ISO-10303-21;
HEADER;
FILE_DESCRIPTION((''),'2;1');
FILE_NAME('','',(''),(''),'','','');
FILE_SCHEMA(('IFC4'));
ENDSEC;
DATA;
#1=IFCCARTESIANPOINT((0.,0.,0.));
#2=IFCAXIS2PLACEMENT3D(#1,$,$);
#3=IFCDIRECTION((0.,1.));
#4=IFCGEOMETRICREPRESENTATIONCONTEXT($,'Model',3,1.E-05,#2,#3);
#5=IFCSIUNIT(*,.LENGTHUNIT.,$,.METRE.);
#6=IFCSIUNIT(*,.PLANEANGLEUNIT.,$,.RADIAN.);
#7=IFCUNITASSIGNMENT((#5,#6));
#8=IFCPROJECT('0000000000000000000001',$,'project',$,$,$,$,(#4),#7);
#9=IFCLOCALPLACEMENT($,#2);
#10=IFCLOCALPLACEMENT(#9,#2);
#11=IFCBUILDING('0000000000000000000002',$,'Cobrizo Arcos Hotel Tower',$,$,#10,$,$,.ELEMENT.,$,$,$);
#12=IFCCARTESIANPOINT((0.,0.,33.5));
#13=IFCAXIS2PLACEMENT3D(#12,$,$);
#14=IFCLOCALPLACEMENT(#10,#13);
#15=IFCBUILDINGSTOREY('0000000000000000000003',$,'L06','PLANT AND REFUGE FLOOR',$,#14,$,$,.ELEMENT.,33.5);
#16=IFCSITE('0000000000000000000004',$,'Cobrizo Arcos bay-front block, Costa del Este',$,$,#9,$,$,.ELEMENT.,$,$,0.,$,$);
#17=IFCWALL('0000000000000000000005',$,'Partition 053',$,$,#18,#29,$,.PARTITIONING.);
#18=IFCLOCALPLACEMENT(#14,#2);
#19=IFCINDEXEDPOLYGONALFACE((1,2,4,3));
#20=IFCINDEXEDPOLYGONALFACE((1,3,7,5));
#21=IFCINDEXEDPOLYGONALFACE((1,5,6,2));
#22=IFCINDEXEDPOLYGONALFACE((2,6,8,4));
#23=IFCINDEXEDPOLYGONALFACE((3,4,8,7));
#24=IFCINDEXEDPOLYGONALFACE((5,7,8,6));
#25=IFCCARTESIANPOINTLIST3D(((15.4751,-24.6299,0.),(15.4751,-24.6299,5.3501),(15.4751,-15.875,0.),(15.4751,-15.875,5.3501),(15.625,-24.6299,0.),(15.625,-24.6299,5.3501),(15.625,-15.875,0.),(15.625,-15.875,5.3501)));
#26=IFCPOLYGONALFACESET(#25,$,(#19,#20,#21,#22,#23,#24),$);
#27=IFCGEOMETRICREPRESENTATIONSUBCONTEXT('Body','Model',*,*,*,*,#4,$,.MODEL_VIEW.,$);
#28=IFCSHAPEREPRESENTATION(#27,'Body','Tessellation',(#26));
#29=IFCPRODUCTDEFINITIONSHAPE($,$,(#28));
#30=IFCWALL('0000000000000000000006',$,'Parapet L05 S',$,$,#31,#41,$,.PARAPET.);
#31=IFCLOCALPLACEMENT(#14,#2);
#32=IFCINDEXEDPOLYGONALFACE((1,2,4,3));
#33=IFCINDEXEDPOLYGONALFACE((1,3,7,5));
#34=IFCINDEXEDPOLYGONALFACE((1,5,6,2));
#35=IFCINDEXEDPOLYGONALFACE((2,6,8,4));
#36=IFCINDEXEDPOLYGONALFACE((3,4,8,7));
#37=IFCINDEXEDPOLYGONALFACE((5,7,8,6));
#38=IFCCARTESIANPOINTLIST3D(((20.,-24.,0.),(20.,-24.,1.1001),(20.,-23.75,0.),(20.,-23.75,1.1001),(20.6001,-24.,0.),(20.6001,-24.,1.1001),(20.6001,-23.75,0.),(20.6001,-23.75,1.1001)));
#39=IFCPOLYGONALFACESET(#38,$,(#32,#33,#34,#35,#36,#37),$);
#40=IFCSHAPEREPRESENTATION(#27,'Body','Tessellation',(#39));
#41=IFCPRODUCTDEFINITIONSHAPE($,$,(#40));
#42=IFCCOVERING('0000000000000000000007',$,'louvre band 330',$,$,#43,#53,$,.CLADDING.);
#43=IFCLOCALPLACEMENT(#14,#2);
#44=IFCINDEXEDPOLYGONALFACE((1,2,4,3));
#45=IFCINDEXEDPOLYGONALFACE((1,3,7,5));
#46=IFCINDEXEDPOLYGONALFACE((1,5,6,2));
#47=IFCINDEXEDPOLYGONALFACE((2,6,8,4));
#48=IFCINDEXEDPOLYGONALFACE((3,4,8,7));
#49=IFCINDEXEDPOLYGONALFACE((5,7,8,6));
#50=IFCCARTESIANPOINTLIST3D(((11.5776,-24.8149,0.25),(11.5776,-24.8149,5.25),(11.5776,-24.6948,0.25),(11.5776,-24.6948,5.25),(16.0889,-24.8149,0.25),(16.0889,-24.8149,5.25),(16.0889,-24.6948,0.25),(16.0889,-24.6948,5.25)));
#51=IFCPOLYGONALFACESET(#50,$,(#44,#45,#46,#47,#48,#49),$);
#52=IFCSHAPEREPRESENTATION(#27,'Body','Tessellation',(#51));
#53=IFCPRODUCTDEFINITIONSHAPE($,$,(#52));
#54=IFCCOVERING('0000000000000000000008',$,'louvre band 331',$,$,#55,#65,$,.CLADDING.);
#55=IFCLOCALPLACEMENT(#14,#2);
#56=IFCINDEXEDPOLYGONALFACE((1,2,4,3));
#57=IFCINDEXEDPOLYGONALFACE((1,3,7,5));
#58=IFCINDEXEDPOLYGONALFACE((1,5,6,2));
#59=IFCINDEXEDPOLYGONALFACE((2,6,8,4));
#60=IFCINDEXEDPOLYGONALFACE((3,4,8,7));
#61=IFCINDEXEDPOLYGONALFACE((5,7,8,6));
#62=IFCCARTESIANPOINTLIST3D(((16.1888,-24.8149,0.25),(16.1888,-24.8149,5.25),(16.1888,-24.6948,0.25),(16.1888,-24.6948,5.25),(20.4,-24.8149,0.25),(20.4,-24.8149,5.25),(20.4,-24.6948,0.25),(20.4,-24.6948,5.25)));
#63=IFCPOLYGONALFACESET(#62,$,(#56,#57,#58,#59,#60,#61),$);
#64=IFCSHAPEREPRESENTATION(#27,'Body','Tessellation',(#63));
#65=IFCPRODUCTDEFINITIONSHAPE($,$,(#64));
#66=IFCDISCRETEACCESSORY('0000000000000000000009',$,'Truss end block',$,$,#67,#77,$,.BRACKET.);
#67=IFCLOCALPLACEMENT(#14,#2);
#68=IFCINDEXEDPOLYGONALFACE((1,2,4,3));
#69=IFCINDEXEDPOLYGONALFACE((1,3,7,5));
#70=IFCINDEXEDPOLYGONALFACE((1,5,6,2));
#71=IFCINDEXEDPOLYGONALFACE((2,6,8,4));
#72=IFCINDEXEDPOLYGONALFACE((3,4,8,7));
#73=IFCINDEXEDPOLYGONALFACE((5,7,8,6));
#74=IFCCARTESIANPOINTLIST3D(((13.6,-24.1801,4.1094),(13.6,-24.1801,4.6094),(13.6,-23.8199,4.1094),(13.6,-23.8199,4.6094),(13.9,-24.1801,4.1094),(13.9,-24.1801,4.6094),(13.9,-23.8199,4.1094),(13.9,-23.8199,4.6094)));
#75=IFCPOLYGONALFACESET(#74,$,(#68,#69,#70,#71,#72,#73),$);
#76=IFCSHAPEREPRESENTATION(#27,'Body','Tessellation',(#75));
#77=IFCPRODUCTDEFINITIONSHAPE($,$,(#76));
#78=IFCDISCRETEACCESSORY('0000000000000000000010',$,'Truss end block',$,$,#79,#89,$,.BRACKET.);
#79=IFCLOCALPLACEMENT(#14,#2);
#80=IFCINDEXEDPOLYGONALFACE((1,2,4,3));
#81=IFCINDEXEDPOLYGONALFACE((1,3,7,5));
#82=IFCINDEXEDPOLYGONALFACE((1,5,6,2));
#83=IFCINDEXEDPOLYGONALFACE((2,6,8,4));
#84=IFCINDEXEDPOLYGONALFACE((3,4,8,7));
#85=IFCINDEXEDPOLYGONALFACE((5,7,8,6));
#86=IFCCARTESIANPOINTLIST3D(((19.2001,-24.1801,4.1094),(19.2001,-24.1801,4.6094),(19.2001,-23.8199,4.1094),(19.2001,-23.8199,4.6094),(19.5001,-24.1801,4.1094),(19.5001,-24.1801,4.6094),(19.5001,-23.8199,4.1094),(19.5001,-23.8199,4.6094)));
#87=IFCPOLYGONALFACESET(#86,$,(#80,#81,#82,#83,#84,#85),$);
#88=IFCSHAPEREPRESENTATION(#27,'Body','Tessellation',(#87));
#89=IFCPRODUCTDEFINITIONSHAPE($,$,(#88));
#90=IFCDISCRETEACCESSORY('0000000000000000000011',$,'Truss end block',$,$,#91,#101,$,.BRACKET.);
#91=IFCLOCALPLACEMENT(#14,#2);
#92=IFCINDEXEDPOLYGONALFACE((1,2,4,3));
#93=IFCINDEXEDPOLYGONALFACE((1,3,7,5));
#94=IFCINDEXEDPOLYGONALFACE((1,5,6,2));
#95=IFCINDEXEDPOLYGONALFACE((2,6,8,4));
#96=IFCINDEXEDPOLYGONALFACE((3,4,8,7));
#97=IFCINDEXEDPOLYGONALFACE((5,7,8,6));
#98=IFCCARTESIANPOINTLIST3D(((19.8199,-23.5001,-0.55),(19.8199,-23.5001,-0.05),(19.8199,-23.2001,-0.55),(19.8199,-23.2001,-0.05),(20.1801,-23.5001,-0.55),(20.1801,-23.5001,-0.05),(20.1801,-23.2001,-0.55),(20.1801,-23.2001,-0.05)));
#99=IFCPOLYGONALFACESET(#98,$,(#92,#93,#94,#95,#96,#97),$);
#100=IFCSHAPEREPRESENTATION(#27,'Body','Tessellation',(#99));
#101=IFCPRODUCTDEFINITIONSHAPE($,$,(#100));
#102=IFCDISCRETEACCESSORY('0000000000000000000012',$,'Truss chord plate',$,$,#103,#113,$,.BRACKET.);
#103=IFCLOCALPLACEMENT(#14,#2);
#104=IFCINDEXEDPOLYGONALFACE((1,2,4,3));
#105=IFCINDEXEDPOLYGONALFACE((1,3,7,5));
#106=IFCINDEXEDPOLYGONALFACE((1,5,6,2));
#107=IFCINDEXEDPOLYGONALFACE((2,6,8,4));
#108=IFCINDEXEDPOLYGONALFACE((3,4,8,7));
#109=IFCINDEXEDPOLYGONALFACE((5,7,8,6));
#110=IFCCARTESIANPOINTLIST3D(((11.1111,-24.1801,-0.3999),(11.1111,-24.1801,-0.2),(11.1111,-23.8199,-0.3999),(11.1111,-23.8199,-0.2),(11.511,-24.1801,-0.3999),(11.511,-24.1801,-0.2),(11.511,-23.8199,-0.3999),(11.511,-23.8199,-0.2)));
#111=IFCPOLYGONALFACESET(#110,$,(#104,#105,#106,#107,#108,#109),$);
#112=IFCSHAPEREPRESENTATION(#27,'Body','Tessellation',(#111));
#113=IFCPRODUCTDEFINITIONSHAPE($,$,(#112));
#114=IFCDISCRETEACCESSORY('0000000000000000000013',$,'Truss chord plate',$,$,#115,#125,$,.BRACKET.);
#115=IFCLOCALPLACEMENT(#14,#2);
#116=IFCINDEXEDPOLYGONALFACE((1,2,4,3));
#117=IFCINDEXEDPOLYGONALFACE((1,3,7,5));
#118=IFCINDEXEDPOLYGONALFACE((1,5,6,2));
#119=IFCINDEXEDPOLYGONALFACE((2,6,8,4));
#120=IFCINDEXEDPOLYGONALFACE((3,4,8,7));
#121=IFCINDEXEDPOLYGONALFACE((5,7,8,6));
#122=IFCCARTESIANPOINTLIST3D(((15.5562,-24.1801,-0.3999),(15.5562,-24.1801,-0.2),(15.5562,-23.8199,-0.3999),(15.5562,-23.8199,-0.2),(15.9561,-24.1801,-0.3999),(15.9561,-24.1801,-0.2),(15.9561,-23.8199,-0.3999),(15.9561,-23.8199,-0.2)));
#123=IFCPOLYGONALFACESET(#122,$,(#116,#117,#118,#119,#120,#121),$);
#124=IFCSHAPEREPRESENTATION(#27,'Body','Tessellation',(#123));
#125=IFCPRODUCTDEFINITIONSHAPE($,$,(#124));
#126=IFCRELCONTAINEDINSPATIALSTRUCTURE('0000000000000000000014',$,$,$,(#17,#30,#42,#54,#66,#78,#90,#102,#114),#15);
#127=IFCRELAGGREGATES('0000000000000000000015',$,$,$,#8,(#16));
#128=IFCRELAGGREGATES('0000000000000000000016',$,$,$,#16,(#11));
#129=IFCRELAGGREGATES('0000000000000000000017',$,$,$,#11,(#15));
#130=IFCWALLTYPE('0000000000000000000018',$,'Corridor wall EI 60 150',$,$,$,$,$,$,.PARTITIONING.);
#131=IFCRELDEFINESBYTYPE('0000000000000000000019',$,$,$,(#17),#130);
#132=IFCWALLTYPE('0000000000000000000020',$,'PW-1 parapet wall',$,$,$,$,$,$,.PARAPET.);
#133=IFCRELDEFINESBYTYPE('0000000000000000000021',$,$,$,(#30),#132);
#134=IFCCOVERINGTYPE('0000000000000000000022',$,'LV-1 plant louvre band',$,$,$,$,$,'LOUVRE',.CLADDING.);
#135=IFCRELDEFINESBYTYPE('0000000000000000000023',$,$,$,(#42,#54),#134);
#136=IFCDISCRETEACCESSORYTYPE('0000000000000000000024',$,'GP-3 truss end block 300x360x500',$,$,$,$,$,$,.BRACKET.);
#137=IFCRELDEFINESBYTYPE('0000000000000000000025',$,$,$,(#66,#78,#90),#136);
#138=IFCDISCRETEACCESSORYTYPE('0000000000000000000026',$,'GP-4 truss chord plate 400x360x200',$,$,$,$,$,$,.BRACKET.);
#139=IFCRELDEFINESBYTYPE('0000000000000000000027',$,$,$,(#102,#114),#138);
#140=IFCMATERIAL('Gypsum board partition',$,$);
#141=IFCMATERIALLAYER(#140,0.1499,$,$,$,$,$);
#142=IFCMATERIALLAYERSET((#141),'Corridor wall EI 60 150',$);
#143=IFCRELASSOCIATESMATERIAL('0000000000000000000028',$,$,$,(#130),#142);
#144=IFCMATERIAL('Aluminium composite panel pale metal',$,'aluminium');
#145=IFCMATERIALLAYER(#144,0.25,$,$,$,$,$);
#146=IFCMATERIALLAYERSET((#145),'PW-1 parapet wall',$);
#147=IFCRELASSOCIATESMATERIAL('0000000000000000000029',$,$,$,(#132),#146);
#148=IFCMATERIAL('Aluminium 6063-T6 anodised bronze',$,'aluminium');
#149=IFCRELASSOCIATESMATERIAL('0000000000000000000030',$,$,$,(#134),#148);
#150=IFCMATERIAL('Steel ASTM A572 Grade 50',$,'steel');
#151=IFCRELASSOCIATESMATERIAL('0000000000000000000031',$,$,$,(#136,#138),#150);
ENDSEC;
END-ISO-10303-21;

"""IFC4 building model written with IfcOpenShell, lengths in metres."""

from ifc_helpers import new_model, si_unit, direction, frame, frame_2d, origin, origin_2d, place, context, subcontext, project, spatial, rectangle, extrude, material, layer, layer_set, type_object, element, save


model = new_model("IFC4")

# Units and contexts
model_context = context("Model", 3, precision=1e-05, world=origin(), true_north=direction((0.0, 1.0)))
body_context = subcontext(model_context, "Body", "Model", "MODEL_VIEW")
ifc_project = project(units=[si_unit("LENGTHUNIT", "METRE"), si_unit("PLANEANGLEUNIT", "RADIAN")], contexts=[model_context])

# Site, building, storey
site_placement = place(None, origin())
site = spatial("IfcSite", under=ifc_project, at=site_placement, Name="Cobrizo Arcos bay-front block, Costa del Este", CompositionType="ELEMENT", RefElevation=0.0)
building_placement = place(site_placement, origin())
building = spatial("IfcBuilding", under=site, at=building_placement, Name="Cobrizo Arcos Hotel Tower", CompositionType="ELEMENT")
storey_placement = place(building_placement, frame((0.0, 0.0, 33.5)))
storey = spatial("IfcBuildingStorey", under=building, at=storey_placement, Name="L06", Description="PLANT AND REFUGE FLOOR", CompositionType="ELEMENT", Elevation=33.5)

# Shared definitions
ifc_material_1 = material(Name="Steel ASTM A572 Grade 50", Category="steel")

# Shared definitions
ifc_material_2 = material(Name="Aluminium 6063-T6 anodised bronze", Category="aluminium")

# Shared definitions
ifc_material_3 = material(Name="Aluminium composite panel pale metal", Category="aluminium")

# Walls
ifc_material_4 = material(Name="Gypsum board partition")
ifc_layer_1 = layer(ifc_material_4, 0.1499)
ifc_layer_set_1 = layer_set([ifc_layer_1], Name="Corridor wall EI 60 150")
wall_type_1 = type_object("IfcWallType", Name="Corridor wall EI 60 150", PredefinedType="PARTITIONING", material=ifc_layer_set_1)
wall_1_placement = place(storey_placement, frame((15.55, -24.6299, 0.0), z_axis=(0.0, 0.0, 1.0), x_axis=(0.0, 1.0, 0.0)))
element("IfcWall", 1, at=wall_1_placement, inside=storey, type_object=wall_type_1, Name="Partition 053", PredefinedType="PARTITIONING", context=body_context, shape_type="SweptSolid", body=[
    extrude(rectangle(XDim=8.7549, YDim=0.1499, at=frame_2d((4.3774, 0.0))), origin(), (0.0, 0.0, 1.0), 5.3501),
])
ifc_layer_2 = layer(ifc_material_3, 0.25)
ifc_layer_set_2 = layer_set([ifc_layer_2], Name="PW-1 parapet wall")
wall_type_2 = type_object("IfcWallType", Name="PW-1 parapet wall", PredefinedType="PARAPET", material=ifc_layer_set_2)
wall_2_placement = place(storey_placement, frame((20.0, -23.875, 0.0), z_axis=(0.0, 0.0, 1.0), x_axis=(1.0, 0.0, 0.0)))
element("IfcWall", 2, at=wall_2_placement, inside=storey, type_object=wall_type_2, Name="Parapet L05 S", PredefinedType="PARAPET", context=body_context, shape_type="SweptSolid", body=[
    extrude(rectangle(XDim=0.6001, YDim=0.25, at=frame_2d((0.3, 0.0))), origin(), (0.0, 0.0, 1.0), 1.1001),
])

# Coverings
covering_type = type_object("IfcCoveringType", Name="LV-1 plant louvre band", ElementType="LOUVRE", PredefinedType="CLADDING", material=ifc_material_2)
covering_1_placement = place(storey_placement, frame((13.8333, -24.7549, 0.25), z_axis=(0.0, 0.0, 1.0), x_axis=(1.0, 0.0, 0.0)))
element("IfcCovering", 3, at=covering_1_placement, inside=storey, type_object=covering_type, Name="louvre band 330", PredefinedType="CLADDING", context=body_context, shape_type="SweptSolid", body=[
    extrude(rectangle(XDim=4.5112, YDim=0.1201, at=origin_2d()), origin(), (0.0, 0.0, 1.0), 5.0),
])
covering_2_placement = place(storey_placement, frame((18.2944, -24.7549, 0.25), z_axis=(0.0, 0.0, 1.0), x_axis=(1.0, 0.0, 0.0)))
element("IfcCovering", 4, at=covering_2_placement, inside=storey, type_object=covering_type, Name="louvre band 331", PredefinedType="CLADDING", context=body_context, shape_type="SweptSolid", body=[
    extrude(rectangle(XDim=4.2112, YDim=0.1201, at=origin_2d()), origin(), (0.0, 0.0, 1.0), 5.0),
])

# Discrete accessories
discrete_accessory_type_1 = type_object("IfcDiscreteAccessoryType", Name="GP-3 truss end block 300x360x500", PredefinedType="BRACKET", material=ifc_material_1)
for number, where, z_axis, x_axis, name in (
    (5, (13.75, -24.0, 4.1094), (0.0, 0.0, 1.0), (-1.0, 0.0, 0.0), "Truss end block"),
    (6, (19.3501, -24.0, 4.1094), (0.0, 0.0, 1.0), (-1.0, 0.0, 0.0), "Truss end block"),
    (7, (20.0, -23.3501, -0.55), (0.0, 0.0, 1.0), (0.0, 1.0, 0.0), "Truss end block"),
):
    element("IfcDiscreteAccessory", number, at=place(storey_placement, frame(where, z_axis=z_axis, x_axis=x_axis)), inside=storey, type_object=discrete_accessory_type_1, Name=name, PredefinedType="BRACKET", context=body_context, shape_type="SweptSolid", body=[
        extrude(rectangle(XDim=0.3, YDim=0.3601, at=origin_2d()), origin(), (0.0, 0.0, 1.0), 0.5),
    ])
discrete_accessory_type_2 = type_object("IfcDiscreteAccessoryType", Name="GP-4 truss chord plate 400x360x200", PredefinedType="BRACKET", material=ifc_material_1)
for number, where, z_axis, x_axis, name in (
    (8, (11.311, -24.0, -0.3999), (0.0, 0.0, 1.0), (1.0, 0.0, 0.0), "Truss chord plate"),
    (9, (15.7561, -24.0, -0.3999), (0.0, 0.0, 1.0), (1.0, 0.0, 0.0), "Truss chord plate"),
):
    element("IfcDiscreteAccessory", number, at=place(storey_placement, frame(where, z_axis=z_axis, x_axis=x_axis)), inside=storey, type_object=discrete_accessory_type_2, Name=name, PredefinedType="BRACKET", context=body_context, shape_type="SweptSolid", body=[
        extrude(rectangle(XDim=0.3999, YDim=0.3601, at=origin_2d()), origin(), (0.0, 0.0, 1.0), 0.2),
    ])

save(model, "model.ifc")
